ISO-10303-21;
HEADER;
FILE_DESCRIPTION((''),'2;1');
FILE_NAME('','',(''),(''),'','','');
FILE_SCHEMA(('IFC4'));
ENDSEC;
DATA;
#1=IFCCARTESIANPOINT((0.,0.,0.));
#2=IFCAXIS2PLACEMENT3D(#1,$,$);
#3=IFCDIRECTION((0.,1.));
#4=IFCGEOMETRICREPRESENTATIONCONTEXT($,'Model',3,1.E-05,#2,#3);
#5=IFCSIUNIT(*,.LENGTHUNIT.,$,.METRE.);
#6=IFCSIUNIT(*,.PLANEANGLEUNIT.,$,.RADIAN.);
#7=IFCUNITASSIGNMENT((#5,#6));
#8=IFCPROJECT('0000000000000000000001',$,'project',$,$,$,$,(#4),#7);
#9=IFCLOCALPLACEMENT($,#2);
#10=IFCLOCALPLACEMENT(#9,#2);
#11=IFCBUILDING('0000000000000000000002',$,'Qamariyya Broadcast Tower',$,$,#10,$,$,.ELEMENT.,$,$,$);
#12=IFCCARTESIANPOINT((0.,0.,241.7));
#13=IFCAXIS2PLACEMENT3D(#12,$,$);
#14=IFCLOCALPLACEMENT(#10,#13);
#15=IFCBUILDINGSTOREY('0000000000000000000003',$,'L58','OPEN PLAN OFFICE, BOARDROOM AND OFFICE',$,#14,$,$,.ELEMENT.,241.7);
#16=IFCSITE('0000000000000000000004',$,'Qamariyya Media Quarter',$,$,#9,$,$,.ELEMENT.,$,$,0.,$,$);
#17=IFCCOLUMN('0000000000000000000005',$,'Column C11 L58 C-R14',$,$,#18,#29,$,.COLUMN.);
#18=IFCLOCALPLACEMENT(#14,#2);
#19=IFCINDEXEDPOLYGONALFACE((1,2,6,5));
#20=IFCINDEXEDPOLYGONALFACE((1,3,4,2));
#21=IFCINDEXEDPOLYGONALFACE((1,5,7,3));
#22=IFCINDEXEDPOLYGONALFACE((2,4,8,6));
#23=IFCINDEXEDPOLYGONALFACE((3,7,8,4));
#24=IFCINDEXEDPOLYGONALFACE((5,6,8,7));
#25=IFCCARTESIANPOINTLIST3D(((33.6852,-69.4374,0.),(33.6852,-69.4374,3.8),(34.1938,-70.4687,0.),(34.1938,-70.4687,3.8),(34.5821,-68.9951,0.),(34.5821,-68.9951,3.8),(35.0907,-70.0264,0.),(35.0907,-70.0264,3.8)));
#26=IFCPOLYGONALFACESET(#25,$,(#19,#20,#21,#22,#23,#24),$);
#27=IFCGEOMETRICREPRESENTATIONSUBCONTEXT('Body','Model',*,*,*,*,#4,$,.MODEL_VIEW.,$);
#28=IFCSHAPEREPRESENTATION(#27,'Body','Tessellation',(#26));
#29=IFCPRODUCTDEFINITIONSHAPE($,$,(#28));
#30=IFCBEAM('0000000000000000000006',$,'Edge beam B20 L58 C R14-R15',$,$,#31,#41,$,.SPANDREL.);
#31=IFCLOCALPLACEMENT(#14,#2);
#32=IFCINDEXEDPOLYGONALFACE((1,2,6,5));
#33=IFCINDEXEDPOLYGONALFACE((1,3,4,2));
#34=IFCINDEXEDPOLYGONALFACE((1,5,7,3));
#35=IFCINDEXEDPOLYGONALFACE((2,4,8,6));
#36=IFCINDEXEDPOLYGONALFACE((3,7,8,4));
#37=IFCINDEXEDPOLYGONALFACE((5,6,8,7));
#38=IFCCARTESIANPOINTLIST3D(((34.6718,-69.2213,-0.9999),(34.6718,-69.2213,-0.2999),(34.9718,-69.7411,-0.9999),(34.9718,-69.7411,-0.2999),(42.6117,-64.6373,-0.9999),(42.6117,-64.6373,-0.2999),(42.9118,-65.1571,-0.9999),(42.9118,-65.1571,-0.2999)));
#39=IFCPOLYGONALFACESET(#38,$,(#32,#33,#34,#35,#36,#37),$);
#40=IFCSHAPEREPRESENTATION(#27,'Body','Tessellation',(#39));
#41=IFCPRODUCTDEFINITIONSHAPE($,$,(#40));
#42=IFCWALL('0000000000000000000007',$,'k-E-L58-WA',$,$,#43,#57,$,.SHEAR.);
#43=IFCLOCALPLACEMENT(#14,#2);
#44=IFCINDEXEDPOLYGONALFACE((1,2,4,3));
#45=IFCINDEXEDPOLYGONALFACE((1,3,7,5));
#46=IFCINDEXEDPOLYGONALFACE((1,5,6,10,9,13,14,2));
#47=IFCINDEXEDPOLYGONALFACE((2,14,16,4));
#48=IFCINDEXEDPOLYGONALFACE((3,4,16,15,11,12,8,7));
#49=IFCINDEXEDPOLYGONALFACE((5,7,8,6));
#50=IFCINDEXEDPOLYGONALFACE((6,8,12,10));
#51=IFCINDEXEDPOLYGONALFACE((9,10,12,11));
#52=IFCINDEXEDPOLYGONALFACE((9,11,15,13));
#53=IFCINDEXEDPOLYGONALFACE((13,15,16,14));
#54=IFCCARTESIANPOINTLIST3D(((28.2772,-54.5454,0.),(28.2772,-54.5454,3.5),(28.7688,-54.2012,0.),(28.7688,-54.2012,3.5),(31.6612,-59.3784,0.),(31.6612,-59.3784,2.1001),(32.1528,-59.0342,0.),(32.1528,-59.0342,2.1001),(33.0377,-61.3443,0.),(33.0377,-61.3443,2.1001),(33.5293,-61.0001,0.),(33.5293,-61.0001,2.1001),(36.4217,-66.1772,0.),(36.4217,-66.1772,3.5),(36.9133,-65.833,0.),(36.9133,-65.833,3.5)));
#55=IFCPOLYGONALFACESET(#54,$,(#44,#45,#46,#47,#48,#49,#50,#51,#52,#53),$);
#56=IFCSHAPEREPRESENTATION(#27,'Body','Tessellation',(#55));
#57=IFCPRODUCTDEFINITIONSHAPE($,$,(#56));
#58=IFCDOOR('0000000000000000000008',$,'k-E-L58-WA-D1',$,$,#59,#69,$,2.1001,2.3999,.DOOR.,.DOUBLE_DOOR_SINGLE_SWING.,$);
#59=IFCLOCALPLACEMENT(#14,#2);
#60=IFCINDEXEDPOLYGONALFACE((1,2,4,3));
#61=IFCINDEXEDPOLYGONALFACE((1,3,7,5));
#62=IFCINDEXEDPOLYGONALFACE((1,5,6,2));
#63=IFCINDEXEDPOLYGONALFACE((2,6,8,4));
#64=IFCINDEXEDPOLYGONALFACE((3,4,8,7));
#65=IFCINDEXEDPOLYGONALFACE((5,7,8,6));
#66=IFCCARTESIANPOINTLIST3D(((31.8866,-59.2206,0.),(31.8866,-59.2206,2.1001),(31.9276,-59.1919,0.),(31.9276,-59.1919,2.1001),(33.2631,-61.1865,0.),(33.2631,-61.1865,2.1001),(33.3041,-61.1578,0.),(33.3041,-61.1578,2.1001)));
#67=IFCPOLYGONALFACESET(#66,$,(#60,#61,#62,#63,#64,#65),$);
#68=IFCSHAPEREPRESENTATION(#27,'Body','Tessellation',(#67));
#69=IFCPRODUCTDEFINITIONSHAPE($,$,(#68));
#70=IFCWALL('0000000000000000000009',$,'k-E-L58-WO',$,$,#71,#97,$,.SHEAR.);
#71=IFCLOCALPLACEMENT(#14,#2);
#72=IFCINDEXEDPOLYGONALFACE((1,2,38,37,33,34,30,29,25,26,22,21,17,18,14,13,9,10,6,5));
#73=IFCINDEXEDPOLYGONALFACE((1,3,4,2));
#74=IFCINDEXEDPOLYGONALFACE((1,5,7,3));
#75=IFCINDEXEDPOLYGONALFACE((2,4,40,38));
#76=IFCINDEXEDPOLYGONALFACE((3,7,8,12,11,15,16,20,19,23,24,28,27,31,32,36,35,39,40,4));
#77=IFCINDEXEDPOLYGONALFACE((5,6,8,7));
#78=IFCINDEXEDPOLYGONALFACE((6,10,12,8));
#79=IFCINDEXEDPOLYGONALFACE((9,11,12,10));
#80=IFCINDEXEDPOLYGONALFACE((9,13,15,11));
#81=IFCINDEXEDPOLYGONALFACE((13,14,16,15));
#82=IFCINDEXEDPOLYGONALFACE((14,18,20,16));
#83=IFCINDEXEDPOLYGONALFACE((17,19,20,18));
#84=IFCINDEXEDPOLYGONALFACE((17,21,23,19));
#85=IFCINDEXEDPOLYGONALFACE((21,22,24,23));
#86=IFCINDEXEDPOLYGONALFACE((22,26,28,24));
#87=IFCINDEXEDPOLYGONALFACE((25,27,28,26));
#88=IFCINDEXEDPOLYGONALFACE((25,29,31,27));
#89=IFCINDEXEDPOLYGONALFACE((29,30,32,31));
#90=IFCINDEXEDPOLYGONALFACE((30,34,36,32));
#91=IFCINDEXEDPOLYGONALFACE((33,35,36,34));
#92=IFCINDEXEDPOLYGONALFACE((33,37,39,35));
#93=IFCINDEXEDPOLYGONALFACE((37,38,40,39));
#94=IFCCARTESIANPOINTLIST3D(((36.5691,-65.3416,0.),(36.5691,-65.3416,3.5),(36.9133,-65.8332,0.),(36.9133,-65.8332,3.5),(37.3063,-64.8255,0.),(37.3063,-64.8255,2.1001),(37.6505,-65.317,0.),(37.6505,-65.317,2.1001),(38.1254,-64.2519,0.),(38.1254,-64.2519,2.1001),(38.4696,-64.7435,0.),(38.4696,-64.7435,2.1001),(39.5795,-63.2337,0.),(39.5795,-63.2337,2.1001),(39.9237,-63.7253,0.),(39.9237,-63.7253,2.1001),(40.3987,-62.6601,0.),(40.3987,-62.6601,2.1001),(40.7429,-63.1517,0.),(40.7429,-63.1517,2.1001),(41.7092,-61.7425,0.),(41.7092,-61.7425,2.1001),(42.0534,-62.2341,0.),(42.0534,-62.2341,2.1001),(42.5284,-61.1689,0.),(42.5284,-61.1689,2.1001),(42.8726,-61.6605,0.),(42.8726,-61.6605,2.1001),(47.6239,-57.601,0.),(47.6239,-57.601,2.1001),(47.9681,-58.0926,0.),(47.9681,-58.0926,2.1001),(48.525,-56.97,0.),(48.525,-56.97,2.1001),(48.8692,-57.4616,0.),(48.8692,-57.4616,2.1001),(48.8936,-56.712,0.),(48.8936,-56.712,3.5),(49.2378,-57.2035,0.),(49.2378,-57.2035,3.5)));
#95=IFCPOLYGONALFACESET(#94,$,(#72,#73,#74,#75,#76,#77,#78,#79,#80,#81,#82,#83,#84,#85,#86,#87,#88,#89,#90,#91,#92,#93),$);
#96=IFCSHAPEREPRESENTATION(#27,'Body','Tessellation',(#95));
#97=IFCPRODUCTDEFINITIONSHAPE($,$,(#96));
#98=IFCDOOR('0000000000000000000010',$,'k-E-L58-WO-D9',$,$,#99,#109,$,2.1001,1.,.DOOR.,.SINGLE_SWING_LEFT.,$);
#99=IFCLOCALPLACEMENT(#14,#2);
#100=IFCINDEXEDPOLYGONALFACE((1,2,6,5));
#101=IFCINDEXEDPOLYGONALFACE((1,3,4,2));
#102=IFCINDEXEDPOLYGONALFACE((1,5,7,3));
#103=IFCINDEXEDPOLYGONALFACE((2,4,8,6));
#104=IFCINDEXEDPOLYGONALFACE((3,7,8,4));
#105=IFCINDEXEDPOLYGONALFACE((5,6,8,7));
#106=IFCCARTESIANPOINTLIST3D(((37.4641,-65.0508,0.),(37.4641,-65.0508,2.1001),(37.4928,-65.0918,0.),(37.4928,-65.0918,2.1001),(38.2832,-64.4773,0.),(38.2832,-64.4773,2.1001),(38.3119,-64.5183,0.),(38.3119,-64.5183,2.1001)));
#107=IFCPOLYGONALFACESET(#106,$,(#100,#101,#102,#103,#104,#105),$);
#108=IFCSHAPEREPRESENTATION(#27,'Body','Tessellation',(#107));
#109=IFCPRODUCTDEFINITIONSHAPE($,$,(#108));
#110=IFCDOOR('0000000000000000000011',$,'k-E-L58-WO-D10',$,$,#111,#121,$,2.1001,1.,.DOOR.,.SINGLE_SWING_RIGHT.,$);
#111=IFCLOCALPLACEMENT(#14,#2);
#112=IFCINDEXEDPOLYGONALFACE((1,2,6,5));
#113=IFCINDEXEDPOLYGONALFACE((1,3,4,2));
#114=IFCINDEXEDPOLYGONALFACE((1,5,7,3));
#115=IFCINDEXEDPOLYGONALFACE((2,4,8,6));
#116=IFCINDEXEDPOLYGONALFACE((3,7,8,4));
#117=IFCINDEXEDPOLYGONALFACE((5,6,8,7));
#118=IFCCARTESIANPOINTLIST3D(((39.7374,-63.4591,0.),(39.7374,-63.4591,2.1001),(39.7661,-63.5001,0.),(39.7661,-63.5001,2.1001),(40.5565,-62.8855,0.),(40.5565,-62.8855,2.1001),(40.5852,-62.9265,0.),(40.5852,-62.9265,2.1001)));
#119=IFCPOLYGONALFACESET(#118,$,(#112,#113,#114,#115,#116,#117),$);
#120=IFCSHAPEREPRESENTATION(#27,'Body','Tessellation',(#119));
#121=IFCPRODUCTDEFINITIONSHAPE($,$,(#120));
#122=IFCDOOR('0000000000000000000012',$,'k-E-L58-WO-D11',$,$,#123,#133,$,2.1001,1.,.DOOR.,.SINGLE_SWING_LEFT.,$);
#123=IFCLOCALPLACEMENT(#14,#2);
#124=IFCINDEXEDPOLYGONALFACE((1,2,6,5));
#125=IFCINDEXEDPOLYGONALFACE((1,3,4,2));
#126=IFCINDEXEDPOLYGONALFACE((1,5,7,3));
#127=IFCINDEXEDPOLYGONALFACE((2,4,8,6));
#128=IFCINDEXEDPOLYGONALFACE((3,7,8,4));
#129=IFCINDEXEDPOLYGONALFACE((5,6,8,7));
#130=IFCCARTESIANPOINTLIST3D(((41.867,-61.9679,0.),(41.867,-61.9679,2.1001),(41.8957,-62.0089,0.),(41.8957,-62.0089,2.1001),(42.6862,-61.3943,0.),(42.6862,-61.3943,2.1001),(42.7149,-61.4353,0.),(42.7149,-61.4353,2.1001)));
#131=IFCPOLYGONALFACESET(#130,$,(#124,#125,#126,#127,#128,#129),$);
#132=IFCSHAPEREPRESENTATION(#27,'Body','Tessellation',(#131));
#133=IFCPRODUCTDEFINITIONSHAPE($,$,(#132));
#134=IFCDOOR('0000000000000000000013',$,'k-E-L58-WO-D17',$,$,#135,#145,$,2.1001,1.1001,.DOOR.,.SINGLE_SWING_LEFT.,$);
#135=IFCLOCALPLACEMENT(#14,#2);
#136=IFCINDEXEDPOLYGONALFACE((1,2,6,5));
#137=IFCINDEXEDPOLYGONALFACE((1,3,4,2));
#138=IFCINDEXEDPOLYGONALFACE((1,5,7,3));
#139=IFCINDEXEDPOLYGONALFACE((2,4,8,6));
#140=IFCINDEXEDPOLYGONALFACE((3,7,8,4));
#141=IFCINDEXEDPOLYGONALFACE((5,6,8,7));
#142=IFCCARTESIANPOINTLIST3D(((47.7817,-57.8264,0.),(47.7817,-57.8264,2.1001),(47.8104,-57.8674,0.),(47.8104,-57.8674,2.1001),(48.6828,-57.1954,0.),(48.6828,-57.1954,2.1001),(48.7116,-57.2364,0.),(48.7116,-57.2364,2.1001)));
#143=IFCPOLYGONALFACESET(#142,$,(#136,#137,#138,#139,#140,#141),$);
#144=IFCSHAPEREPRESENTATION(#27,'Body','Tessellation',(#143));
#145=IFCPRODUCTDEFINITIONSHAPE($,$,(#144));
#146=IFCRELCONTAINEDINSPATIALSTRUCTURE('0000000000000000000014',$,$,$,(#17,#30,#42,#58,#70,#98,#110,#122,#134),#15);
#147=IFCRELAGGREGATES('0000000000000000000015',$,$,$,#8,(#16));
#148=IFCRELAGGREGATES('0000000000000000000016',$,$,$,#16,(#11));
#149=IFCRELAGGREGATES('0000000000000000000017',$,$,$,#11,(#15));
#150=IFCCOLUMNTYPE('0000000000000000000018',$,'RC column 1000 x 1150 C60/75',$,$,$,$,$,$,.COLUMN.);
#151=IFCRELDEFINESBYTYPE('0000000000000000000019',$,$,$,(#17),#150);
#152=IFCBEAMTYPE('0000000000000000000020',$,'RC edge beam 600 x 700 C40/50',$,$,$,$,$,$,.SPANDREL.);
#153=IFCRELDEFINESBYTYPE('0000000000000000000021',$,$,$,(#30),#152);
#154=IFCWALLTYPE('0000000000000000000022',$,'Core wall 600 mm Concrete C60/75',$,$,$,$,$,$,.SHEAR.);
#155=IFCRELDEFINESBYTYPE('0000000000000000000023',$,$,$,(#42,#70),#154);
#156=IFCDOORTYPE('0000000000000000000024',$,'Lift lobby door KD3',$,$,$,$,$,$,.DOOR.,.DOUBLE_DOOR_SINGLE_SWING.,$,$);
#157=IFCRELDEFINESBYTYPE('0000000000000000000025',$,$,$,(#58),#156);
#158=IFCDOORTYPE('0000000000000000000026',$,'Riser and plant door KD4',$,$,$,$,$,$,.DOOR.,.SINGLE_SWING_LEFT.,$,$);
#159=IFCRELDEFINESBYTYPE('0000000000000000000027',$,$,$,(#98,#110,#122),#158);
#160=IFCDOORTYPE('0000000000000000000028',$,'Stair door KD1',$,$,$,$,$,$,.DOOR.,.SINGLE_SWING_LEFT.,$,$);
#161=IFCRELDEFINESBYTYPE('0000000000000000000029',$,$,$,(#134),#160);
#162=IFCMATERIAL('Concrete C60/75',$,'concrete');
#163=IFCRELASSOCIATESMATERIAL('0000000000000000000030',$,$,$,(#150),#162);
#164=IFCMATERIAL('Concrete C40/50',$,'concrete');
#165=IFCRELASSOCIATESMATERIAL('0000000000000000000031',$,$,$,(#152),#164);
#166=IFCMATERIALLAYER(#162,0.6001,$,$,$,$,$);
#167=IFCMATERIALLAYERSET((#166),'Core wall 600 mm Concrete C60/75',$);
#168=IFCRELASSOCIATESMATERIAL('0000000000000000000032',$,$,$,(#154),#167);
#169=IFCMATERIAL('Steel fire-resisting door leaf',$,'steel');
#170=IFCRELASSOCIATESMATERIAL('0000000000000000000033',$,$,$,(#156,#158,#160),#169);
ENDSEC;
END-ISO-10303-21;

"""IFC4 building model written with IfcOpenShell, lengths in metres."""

from ifc_helpers import new_model, si_unit, direction, frame, frame_2d, origin, origin_2d, place, context, subcontext, project, spatial, rectangle, extrude, material, layer, layer_set, material_profile, profile_set, type_object, element, fill, save


model = new_model("IFC4")

# Units and contexts
model_context = context("Model", 3, precision=1e-05, world=origin(), true_north=direction((0.0, 1.0)))
body_context = subcontext(model_context, "Body", "Model", "MODEL_VIEW")
ifc_project = project(units=[si_unit("LENGTHUNIT", "METRE"), si_unit("PLANEANGLEUNIT", "RADIAN")], contexts=[model_context])

# Site, building, storey
site_placement = place(None, origin())
site = spatial("IfcSite", under=ifc_project, at=site_placement, Name="Qamariyya Media Quarter", CompositionType="ELEMENT", RefElevation=0.0)
building_placement = place(site_placement, origin())
building = spatial("IfcBuilding", under=site, at=building_placement, Name="Qamariyya Broadcast Tower", CompositionType="ELEMENT")
storey_placement = place(building_placement, frame((0.0, 0.0, 241.7)))
storey = spatial("IfcBuildingStorey", under=building, at=storey_placement, Name="L58", Description="OPEN PLAN OFFICE, BOARDROOM AND OFFICE", CompositionType="ELEMENT", Elevation=241.7)

# Column
ifc_material_1 = material(Name="Concrete C60/75", Category="concrete")
ifc_material_profile_1 = material_profile(ifc_material_1, rectangle(XDim=1.0, YDim=1.1499, at=origin_2d()))
ifc_profile_set_1 = profile_set([ifc_material_profile_1], Name="Concrete C60/75")
column_type = type_object("IfcColumnType", Name="RC column 1000 x 1150 C60/75", PredefinedType="COLUMN", material=ifc_profile_set_1)
column_placement = place(storey_placement, frame((34.3879, -69.7319, 0.0), z_axis=(0.0, 0.0, 1.0), x_axis=(0.896873, 0.442289, 0.0)))
element("IfcColumn", 1, at=column_placement, inside=storey, type_object=column_type, Name="Column C11 L58 C-R14", PredefinedType="COLUMN", context=body_context, shape_type="SweptSolid", body=[
    extrude(rectangle(XDim=1.0, YDim=1.1499, at=origin_2d()), origin(), (0.0, 0.0, 1.0), 3.8),
])

# Beam
ifc_material_2 = material(Name="Concrete C40/50", Category="concrete")
ifc_material_profile_2 = material_profile(ifc_material_2, rectangle(XDim=0.6001, YDim=0.7, at=origin_2d()))
ifc_profile_set_2 = profile_set([ifc_material_profile_2], Name="Concrete C40/50")
beam_type = type_object("IfcBeamType", Name="RC edge beam 600 x 700 C40/50", PredefinedType="SPANDREL", material=ifc_profile_set_2)
beam_placement = place(storey_placement, frame((34.8218, -69.4812, -0.6499), z_axis=(0.866032, 0.499988, 0.0), x_axis=(-0.499988, 0.866032, 0.0)))
element("IfcBeam", 2, at=beam_placement, inside=storey, type_object=beam_type, Name="Edge beam B20 L58 C R14-R15", PredefinedType="SPANDREL", context=body_context, shape_type="SweptSolid", body=[
    extrude(rectangle(XDim=0.6001, YDim=0.7, at=origin_2d()), origin(), (0.0, 0.0, 1.0), 9.1682),
])

# Wall, opening, door
ifc_layer_1 = layer(ifc_material_1, 0.6001)
ifc_layer_set_1 = layer_set([ifc_layer_1], Name="Core wall 600 mm Concrete C60/75")
wall_type_1 = type_object("IfcWallType", Name="Core wall 600 mm Concrete C60/75", PredefinedType="SHEAR", material=ifc_layer_set_1)
wall_1_placement = place(storey_placement, frame((36.6675, -66.0051, 0.0), z_axis=(0.0, 0.0, 1.0), x_axis=(-0.573568, 0.819158, 0.0)))
wall_1 = element("IfcWall", 3, at=wall_1_placement, inside=storey, type_object=wall_type_1, Name="k-E-L58-WA", PredefinedType="SHEAR", context=body_context, shape_type="SweptSolid", body=[
    extrude(rectangle(XDim=14.1997, YDim=0.6001, at=frame_2d((7.0999, 0.0))), origin(), (0.0, 0.0, 1.0), 3.5),
])
opening_1_placement = place(wall_1_placement, frame((5.8999, 0.0, 0.0)))
opening_1 = element("IfcOpeningElement", 4, at=opening_1_placement, cuts=wall_1, PredefinedType="OPENING", context=body_context, shape_type="SweptSolid", body=[
    extrude(rectangle(XDim=2.3999, YDim=2.1001, at=frame_2d((1.2, 1.05))), frame((0.0, 0.3101, 0.0), z_axis=(0.0, -1.0, 0.0), x_axis=(1.0, 0.0, 0.0)), (0.0, 0.0, 1.0), 0.6201),
])
ifc_material_3 = material(Name="Steel fire-resisting door leaf", Category="steel")
door_type_1 = type_object("IfcDoorType", Name="Lift lobby door KD3", OperationType="DOUBLE_DOOR_SINGLE_SWING", PredefinedType="DOOR", material=ifc_material_3)
door_1_placement = place(opening_1_placement, origin())
door_1 = element("IfcDoor", 5, at=door_1_placement, inside=storey, type_object=door_type_1, Name="k-E-L58-WA-D1", OperationType="DOUBLE_DOOR_SINGLE_SWING", OverallHeight=2.1001, OverallWidth=2.3999, PredefinedType="DOOR", context=body_context, shape_type="SweptSolid", body=[
    extrude(rectangle(XDim=2.3999, YDim=2.1001, at=frame_2d((1.2, 1.05))), frame((0.0, 0.0249, 0.0), z_axis=(0.0, -1.0, 0.0), x_axis=(1.0, 0.0, 0.0)), (0.0, 0.0, 1.0), 0.05),
])
fill(opening_1, door_1)

# Wall, openings, doors
wall_2_placement = place(storey_placement, frame((36.7412, -65.5874, 0.0), z_axis=(0.0, 0.0, 1.0), x_axis=(0.819153, 0.573575, 0.0)))
wall_2 = element("IfcWall", 6, at=wall_2_placement, inside=storey, type_object=wall_type_1, Name="k-E-L58-WO", PredefinedType="SHEAR", context=body_context, shape_type="SweptSolid", body=[
    extrude(rectangle(XDim=15.0454, YDim=0.6001, at=frame_2d((7.5227, 0.0))), origin(), (0.0, 0.0, 1.0), 3.5),
])
opening_2_placement = place(wall_2_placement, frame((0.8999, 0.0, 0.0)))
opening_2 = element("IfcOpeningElement", 7, at=opening_2_placement, cuts=wall_2, PredefinedType="OPENING", context=body_context, shape_type="SweptSolid", body=[
    extrude(rectangle(XDim=1.0, YDim=2.1001, at=frame_2d((0.5, 1.05))), frame((0.0, 0.3101, 0.0), z_axis=(0.0, -1.0, 0.0), x_axis=(1.0, 0.0, 0.0)), (0.0, 0.0, 1.0), 0.6201),
])
opening_3_placement = place(wall_2_placement, frame((3.675, 0.0, 0.0)))
opening_3 = element("IfcOpeningElement", 8, at=opening_3_placement, cuts=wall_2, PredefinedType="OPENING", context=body_context, shape_type="SweptSolid", body=[
    extrude(rectangle(XDim=1.0, YDim=2.1001, at=frame_2d((0.5, 1.05))), frame((0.0, 0.3101, 0.0), z_axis=(0.0, -1.0, 0.0), x_axis=(1.0, 0.0, 0.0)), (0.0, 0.0, 1.0), 0.6201),
])
opening_4_placement = place(wall_2_placement, frame((6.2749, 0.0, 0.0)))
opening_4 = element("IfcOpeningElement", 9, at=opening_4_placement, cuts=wall_2, PredefinedType="OPENING", context=body_context, shape_type="SweptSolid", body=[
    extrude(rectangle(XDim=1.0, YDim=2.1001, at=frame_2d((0.5, 1.05))), frame((0.0, 0.3101, 0.0), z_axis=(0.0, -1.0, 0.0), x_axis=(1.0, 0.0, 0.0)), (0.0, 0.0, 1.0), 0.6201),
])
opening_5_placement = place(wall_2_placement, frame((13.4954, 0.0, 0.0)))
opening_5 = element("IfcOpeningElement", 10, at=opening_5_placement, cuts=wall_2, PredefinedType="OPENING", context=body_context, shape_type="SweptSolid", body=[
    extrude(rectangle(XDim=1.1001, YDim=2.1001, at=frame_2d((0.55, 1.05))), frame((0.0, 0.3101, 0.0), z_axis=(0.0, -1.0, 0.0), x_axis=(1.0, 0.0, 0.0)), (0.0, 0.0, 1.0), 0.6201),
])
door_type_2 = type_object("IfcDoorType", Name="Riser and plant door KD4", OperationType="SINGLE_SWING_LEFT", PredefinedType="DOOR", material=ifc_material_3)
door_2_placement = place(opening_2_placement, origin())
door_2 = element("IfcDoor", 11, at=door_2_placement, inside=storey, type_object=door_type_2, Name="k-E-L58-WO-D9", OperationType="SINGLE_SWING_LEFT", OverallHeight=2.1001, OverallWidth=1.0, PredefinedType="DOOR", context=body_context, shape_type="SweptSolid", body=[
    extrude(rectangle(XDim=1.0, YDim=2.1001, at=frame_2d((0.5, 1.05))), frame((0.0, 0.0249, 0.0), z_axis=(0.0, -1.0, 0.0), x_axis=(1.0, 0.0, 0.0)), (0.0, 0.0, 1.0), 0.05),
])
fill(opening_2, door_2)
door_3_placement = place(opening_3_placement, origin())
door_3 = element("IfcDoor", 12, at=door_3_placement, inside=storey, type_object=door_type_2, Name="k-E-L58-WO-D10", OperationType="SINGLE_SWING_RIGHT", OverallHeight=2.1001, OverallWidth=1.0, PredefinedType="DOOR", context=body_context, shape_type="SweptSolid", body=[
    extrude(rectangle(XDim=1.0, YDim=2.1001, at=frame_2d((0.5, 1.05))), frame((0.0, 0.0249, 0.0), z_axis=(0.0, -1.0, 0.0), x_axis=(1.0, 0.0, 0.0)), (0.0, 0.0, 1.0), 0.05),
])
fill(opening_3, door_3)
door_4_placement = place(opening_4_placement, origin())
door_4 = element("IfcDoor", 13, at=door_4_placement, inside=storey, type_object=door_type_2, Name="k-E-L58-WO-D11", OperationType="SINGLE_SWING_LEFT", OverallHeight=2.1001, OverallWidth=1.0, PredefinedType="DOOR", context=body_context, shape_type="SweptSolid", body=[
    extrude(rectangle(XDim=1.0, YDim=2.1001, at=frame_2d((0.5, 1.05))), frame((0.0, 0.0249, 0.0), z_axis=(0.0, -1.0, 0.0), x_axis=(1.0, 0.0, 0.0)), (0.0, 0.0, 1.0), 0.05),
])
fill(opening_4, door_4)
door_type_3 = type_object("IfcDoorType", Name="Stair door KD1", OperationType="SINGLE_SWING_LEFT", PredefinedType="DOOR", material=ifc_material_3)
door_5_placement = place(opening_5_placement, origin())
door_5 = element("IfcDoor", 14, at=door_5_placement, inside=storey, type_object=door_type_3, Name="k-E-L58-WO-D17", OperationType="SINGLE_SWING_LEFT", OverallHeight=2.1001, OverallWidth=1.1001, PredefinedType="DOOR", context=body_context, shape_type="SweptSolid", body=[
    extrude(rectangle(XDim=1.1001, YDim=2.1001, at=frame_2d((0.55, 1.05))), frame((0.0, 0.0249, 0.0), z_axis=(0.0, -1.0, 0.0), x_axis=(1.0, 0.0, 0.0)), (0.0, 0.0, 1.0), 0.05),
])
fill(opening_5, door_5)

save(model, "model.ifc")
